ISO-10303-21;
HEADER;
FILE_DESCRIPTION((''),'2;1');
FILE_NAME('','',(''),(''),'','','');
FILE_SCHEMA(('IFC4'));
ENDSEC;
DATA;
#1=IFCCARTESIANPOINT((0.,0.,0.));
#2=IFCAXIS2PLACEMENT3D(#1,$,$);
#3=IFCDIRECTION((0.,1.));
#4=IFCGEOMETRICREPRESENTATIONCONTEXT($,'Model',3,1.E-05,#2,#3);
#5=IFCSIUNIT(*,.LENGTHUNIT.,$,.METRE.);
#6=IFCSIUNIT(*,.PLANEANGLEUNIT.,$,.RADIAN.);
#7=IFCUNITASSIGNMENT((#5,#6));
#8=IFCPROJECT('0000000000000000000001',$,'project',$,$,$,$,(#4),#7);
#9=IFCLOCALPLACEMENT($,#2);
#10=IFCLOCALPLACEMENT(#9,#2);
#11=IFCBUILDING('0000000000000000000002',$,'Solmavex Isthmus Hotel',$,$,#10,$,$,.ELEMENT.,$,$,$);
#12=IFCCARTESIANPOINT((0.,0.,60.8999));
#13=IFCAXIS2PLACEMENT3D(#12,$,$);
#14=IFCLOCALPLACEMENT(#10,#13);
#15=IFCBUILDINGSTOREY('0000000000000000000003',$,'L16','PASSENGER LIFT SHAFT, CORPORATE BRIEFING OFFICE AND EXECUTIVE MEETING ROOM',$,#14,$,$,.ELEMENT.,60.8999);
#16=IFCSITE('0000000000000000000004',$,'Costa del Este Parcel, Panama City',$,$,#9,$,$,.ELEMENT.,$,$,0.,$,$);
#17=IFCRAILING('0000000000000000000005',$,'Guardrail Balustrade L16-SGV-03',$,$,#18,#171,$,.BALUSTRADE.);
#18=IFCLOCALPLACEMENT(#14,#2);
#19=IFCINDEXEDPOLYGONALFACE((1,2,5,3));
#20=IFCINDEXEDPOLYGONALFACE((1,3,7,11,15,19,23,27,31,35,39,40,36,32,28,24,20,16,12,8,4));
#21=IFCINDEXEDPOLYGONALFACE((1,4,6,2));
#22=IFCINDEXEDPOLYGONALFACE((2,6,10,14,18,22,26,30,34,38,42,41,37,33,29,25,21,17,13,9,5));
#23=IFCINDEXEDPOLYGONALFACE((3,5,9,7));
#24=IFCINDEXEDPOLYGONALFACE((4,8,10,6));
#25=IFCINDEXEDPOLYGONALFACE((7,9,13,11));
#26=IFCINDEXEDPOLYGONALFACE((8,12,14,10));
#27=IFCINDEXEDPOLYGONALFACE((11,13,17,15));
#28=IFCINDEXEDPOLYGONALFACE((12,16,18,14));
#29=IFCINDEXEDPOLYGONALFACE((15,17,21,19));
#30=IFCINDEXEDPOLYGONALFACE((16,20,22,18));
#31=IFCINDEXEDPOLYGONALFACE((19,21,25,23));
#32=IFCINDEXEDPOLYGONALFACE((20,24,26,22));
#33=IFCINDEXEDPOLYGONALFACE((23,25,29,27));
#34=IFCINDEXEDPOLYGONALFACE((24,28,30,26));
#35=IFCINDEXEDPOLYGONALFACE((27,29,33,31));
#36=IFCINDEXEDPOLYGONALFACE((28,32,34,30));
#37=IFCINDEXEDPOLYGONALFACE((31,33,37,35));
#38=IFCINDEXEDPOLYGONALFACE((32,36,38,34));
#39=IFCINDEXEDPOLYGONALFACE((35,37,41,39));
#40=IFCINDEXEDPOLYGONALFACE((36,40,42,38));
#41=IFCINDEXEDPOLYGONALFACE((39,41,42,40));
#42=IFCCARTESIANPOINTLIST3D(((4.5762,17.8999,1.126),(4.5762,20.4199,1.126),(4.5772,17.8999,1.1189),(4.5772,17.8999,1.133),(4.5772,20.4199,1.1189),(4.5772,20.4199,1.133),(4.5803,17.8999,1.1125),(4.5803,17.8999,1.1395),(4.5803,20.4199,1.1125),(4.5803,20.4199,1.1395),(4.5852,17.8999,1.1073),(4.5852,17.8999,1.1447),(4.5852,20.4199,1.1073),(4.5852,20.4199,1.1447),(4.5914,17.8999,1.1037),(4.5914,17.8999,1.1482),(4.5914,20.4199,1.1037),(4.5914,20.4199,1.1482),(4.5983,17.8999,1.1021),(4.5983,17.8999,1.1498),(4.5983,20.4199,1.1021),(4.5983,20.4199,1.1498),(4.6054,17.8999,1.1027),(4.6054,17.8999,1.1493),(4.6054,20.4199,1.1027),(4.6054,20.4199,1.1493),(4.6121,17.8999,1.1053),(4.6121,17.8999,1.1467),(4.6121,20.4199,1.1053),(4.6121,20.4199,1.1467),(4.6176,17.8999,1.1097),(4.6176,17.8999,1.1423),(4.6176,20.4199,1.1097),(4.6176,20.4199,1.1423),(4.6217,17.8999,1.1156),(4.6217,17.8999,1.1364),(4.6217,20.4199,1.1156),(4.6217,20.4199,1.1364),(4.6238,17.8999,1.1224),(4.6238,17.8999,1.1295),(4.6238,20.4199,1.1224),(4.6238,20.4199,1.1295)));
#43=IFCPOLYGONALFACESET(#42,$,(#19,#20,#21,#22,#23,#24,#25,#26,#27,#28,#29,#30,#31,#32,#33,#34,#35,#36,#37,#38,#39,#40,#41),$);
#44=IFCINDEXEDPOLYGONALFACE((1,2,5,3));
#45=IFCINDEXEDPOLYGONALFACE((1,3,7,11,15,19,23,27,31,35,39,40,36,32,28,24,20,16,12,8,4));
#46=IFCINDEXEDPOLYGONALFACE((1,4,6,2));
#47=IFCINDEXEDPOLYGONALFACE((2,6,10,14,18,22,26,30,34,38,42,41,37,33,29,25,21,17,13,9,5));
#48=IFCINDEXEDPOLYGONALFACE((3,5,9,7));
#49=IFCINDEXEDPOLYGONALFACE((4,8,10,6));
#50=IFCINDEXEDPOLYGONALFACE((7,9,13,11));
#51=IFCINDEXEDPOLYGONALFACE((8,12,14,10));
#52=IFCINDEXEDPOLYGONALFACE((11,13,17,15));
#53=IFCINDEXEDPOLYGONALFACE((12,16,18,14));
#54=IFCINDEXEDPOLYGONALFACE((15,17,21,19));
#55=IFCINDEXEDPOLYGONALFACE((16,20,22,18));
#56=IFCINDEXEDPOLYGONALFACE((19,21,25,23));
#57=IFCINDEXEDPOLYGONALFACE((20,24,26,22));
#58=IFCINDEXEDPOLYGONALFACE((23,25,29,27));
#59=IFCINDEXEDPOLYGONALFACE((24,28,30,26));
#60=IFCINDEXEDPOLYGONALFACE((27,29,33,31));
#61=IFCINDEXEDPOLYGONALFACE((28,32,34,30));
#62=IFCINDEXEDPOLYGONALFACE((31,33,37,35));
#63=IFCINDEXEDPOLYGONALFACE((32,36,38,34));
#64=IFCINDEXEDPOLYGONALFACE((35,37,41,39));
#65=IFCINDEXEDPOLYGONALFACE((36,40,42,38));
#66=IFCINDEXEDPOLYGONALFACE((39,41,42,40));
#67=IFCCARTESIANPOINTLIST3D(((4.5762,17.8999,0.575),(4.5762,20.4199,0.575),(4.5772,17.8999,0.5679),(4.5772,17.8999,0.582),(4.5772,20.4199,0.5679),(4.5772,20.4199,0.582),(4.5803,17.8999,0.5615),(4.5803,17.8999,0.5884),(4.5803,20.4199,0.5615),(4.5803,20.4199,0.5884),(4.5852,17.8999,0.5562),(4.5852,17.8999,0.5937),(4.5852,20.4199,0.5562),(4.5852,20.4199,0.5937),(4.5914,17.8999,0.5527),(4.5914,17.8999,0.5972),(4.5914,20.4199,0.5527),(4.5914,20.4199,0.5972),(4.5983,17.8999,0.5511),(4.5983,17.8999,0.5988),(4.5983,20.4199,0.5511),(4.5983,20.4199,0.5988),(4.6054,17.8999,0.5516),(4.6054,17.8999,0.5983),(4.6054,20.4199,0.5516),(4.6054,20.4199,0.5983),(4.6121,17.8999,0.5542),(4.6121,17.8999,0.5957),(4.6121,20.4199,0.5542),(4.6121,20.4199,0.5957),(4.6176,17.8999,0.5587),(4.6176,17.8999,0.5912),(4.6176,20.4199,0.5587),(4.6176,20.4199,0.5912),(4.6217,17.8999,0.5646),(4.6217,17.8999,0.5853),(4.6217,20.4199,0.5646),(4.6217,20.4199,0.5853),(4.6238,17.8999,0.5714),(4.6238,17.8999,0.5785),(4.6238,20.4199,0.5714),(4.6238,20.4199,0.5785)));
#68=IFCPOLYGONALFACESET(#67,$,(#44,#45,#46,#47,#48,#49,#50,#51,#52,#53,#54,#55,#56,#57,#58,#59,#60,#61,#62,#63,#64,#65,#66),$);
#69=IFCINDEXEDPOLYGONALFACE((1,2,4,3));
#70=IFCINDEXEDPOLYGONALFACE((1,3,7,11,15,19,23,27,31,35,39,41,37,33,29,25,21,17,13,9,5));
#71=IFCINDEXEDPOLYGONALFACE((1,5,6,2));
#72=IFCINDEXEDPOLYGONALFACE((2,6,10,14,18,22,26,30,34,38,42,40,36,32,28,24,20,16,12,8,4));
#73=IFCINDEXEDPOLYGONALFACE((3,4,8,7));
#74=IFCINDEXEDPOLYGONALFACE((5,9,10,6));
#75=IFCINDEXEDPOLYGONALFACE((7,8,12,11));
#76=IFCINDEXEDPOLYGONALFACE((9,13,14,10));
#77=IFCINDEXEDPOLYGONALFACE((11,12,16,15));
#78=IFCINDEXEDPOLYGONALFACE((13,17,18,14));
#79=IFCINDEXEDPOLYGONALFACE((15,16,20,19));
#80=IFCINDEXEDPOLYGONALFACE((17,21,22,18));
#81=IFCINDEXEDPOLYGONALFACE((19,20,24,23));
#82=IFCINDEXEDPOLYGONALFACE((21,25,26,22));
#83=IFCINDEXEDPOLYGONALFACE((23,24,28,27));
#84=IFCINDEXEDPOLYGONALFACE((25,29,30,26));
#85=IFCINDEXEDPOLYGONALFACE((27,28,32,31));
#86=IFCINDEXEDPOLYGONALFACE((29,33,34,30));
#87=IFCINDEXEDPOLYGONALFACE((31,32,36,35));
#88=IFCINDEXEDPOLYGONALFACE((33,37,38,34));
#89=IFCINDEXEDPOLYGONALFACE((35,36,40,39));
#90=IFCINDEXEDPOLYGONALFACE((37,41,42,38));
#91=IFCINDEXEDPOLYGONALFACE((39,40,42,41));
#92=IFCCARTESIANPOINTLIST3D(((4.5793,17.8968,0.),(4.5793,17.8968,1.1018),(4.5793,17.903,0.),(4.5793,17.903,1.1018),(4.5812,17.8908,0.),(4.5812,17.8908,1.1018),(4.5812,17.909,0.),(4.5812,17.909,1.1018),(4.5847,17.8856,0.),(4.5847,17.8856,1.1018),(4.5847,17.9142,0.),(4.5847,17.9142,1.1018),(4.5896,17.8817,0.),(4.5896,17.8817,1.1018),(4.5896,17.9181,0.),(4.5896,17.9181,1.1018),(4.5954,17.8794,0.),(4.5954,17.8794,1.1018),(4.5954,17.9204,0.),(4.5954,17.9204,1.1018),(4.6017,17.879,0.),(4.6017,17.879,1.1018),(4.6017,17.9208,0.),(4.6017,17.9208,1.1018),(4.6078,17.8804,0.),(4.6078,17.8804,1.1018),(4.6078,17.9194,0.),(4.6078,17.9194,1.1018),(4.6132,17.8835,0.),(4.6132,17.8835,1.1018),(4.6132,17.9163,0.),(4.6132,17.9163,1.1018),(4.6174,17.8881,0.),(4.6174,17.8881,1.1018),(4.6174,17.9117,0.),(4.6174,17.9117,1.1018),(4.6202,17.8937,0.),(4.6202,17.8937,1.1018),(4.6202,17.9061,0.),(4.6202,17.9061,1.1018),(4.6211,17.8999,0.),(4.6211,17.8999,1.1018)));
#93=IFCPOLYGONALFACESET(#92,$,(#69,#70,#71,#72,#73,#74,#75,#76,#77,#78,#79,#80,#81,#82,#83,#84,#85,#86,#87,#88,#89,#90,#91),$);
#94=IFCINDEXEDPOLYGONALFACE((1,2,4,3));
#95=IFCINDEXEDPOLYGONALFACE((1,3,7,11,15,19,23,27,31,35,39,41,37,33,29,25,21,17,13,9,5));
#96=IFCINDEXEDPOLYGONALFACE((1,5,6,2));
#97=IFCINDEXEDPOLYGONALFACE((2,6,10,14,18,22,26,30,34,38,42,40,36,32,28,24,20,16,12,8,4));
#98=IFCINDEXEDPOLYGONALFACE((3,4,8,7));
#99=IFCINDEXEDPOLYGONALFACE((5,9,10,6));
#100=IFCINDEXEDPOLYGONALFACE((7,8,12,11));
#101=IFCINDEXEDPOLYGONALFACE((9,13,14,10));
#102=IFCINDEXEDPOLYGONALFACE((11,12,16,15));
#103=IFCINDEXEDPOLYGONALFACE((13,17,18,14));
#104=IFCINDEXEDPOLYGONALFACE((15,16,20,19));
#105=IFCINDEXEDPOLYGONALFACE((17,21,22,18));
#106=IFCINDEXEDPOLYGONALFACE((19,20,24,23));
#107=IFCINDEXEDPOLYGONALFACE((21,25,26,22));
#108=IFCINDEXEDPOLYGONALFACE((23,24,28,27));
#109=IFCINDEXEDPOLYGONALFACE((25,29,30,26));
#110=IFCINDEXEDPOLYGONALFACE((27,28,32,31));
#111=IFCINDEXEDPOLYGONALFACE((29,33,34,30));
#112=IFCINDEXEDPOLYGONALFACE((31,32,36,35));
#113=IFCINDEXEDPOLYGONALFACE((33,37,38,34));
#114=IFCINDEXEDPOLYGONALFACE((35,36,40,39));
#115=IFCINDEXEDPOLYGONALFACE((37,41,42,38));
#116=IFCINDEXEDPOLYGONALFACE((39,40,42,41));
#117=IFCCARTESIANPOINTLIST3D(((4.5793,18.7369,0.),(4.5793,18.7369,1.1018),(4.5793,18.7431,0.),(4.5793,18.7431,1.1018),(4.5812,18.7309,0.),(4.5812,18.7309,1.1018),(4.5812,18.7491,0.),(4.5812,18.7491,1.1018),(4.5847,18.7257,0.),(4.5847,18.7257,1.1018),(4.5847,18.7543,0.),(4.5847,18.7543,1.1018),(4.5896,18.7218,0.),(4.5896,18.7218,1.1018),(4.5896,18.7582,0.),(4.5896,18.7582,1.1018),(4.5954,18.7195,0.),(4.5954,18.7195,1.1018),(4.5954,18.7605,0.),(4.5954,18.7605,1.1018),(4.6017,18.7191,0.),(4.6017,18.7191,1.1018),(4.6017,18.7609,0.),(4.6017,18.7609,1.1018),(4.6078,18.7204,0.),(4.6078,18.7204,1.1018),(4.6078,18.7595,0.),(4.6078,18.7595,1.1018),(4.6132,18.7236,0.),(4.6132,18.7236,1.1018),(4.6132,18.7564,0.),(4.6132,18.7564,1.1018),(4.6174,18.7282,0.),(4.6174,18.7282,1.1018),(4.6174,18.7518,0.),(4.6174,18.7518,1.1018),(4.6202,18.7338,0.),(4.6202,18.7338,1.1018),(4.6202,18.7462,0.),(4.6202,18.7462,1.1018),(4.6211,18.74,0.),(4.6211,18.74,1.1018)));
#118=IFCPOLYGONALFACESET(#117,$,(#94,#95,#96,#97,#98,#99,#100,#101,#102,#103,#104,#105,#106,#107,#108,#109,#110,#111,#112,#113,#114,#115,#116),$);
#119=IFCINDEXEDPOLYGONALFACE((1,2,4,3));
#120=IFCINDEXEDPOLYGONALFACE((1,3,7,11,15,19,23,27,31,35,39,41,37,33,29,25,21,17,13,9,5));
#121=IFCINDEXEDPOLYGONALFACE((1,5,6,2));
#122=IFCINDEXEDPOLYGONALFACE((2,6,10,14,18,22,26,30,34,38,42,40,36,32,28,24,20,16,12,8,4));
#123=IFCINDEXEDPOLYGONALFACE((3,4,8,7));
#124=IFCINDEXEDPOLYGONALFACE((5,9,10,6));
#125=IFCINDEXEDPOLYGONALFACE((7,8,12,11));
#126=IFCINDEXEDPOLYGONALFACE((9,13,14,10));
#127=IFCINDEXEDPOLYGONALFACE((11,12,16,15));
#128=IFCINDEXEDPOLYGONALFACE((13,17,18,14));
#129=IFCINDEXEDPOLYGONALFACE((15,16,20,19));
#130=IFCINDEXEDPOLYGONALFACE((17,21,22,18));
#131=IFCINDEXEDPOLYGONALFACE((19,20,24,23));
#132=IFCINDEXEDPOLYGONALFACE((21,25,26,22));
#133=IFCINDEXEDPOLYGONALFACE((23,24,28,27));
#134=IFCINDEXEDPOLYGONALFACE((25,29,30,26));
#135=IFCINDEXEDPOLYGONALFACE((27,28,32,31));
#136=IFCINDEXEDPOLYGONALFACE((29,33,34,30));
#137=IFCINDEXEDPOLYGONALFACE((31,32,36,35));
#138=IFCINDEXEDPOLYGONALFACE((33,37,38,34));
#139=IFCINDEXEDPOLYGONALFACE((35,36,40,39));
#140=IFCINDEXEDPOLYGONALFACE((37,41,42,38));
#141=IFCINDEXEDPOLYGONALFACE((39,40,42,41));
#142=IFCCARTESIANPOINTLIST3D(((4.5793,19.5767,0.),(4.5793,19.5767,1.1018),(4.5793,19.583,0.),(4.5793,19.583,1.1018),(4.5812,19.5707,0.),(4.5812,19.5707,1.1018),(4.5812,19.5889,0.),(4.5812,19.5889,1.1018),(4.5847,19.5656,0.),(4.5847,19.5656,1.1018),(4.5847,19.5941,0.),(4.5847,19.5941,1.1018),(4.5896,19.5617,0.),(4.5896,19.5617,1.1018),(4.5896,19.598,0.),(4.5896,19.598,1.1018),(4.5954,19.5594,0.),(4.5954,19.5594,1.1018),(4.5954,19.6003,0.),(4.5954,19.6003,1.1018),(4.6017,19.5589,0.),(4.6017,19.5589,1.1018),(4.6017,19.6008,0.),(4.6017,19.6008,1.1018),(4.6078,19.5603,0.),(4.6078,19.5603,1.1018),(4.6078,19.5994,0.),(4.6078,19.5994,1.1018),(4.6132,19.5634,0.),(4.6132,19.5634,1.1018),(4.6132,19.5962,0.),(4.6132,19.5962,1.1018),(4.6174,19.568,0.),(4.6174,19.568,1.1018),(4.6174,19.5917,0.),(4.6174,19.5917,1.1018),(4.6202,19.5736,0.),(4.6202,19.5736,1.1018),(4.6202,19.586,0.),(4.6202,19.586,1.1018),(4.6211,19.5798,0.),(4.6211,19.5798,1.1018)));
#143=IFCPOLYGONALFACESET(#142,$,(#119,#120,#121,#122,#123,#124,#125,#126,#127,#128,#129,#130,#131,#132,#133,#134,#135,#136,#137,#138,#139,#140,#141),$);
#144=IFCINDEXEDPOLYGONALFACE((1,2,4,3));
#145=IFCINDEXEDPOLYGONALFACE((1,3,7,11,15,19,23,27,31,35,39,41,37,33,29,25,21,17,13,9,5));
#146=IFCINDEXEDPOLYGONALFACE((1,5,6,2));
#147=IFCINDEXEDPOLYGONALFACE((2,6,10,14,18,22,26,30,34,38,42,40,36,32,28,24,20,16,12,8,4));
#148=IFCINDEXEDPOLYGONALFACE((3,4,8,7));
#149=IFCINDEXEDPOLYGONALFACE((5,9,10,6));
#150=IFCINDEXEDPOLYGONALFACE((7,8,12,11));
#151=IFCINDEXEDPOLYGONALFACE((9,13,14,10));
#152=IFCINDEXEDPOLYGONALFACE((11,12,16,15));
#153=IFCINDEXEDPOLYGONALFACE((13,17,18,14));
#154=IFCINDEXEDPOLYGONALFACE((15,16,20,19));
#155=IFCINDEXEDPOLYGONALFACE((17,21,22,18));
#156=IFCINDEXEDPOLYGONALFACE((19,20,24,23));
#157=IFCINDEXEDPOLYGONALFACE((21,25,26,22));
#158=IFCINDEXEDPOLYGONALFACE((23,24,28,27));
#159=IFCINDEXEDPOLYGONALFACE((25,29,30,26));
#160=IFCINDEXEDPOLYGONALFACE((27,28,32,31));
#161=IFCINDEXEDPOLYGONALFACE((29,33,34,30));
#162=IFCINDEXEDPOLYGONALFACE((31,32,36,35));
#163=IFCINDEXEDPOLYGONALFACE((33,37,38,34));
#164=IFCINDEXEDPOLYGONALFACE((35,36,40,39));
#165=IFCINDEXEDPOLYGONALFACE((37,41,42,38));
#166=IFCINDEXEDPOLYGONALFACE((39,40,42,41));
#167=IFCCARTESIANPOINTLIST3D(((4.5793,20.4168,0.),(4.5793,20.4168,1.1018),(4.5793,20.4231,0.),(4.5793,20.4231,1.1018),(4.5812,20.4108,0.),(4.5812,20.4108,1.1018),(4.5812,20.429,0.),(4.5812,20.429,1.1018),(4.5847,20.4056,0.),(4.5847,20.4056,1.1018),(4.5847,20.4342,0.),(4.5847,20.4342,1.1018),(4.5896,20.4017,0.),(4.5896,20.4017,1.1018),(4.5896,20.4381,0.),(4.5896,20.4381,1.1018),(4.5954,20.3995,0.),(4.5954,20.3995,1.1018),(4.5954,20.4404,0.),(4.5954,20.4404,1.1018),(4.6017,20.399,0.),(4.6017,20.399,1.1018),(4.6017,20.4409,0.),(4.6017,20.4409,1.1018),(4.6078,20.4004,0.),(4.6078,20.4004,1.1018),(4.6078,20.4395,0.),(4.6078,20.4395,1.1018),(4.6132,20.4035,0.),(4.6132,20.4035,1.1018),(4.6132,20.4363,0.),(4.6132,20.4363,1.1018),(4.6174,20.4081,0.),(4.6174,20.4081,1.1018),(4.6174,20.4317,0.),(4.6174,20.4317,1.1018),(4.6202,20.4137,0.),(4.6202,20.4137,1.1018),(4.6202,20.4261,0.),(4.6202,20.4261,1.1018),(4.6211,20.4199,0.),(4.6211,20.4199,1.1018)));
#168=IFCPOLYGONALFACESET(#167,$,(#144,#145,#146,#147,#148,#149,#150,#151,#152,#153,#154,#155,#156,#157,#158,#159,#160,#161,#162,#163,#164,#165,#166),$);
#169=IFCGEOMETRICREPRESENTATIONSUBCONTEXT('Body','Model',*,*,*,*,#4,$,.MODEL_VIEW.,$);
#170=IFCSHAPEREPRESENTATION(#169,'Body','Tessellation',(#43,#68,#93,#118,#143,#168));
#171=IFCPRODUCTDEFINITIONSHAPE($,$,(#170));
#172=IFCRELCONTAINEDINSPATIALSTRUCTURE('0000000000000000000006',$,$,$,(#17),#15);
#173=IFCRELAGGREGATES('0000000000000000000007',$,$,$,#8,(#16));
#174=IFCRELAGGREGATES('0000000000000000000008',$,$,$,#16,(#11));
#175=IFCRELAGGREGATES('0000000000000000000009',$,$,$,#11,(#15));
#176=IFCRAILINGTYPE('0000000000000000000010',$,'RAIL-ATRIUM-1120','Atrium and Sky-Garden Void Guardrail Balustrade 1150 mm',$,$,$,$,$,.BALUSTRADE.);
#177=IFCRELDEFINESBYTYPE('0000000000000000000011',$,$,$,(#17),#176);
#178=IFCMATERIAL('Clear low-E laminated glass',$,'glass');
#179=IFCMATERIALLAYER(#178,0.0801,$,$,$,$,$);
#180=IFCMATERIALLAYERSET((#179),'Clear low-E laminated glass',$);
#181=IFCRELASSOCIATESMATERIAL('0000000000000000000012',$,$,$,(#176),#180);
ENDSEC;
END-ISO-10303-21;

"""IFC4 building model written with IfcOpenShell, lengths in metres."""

from ifc_helpers import new_model, si_unit, direction, frame, origin, origin_2d, place, context, subcontext, project, spatial, circle, extrude, material, layer, layer_set, type_object, element, save


model = new_model("IFC4")

# Units and contexts
model_context = context("Model", 3, precision=1e-05, world=origin(), true_north=direction((0.0, 1.0)))
body_context = subcontext(model_context, "Body", "Model", "MODEL_VIEW")
ifc_project = project(units=[si_unit("LENGTHUNIT", "METRE"), si_unit("PLANEANGLEUNIT", "RADIAN")], contexts=[model_context])

# Site, building, storey
site_placement = place(None, origin())
site = spatial("IfcSite", under=ifc_project, at=site_placement, Name="Costa del Este Parcel, Panama City", CompositionType="ELEMENT", RefElevation=0.0)
building_placement = place(site_placement, origin())
building = spatial("IfcBuilding", under=site, at=building_placement, Name="Solmavex Isthmus Hotel", CompositionType="ELEMENT")
storey_placement = place(building_placement, frame((0.0, 0.0, 60.8999)))
storey = spatial("IfcBuildingStorey", under=building, at=storey_placement, Name="L16", Description="PASSENGER LIFT SHAFT, CORPORATE BRIEFING OFFICE AND EXECUTIVE MEETING ROOM", CompositionType="ELEMENT", Elevation=60.8999)

# Shared definitions
ifc_material_1 = material(Name="Clear low-E laminated glass", Category="glass")

# Railing
ifc_layer_1 = layer(ifc_material_1, 0.0801)
ifc_layer_set_1 = layer_set([ifc_layer_1], Name="Clear low-E laminated glass")
railing_type_1 = type_object("IfcRailingType", Name="RAIL-ATRIUM-1120", Description="Atrium and Sky-Garden Void Guardrail Balustrade 1150 mm", PredefinedType="BALUSTRADE", material=ifc_layer_set_1)
railing_1_placement = place(storey_placement, frame((4.6001, 17.8999, 0.0)))
element("IfcRailing", 1, at=railing_1_placement, inside=storey, type_object=railing_type_1, Name="Guardrail Balustrade L16-SGV-03", PredefinedType="BALUSTRADE", context=body_context, shape_type="SweptSolid", body=[
    extrude(circle(Radius=0.0239, at=origin_2d()), frame((0.0, 0.0, 1.126), z_axis=(0.0, 1.0, 0.0), x_axis=(-1.0, 0.0, 0.0)), (0.0, 0.0, 1.0), 2.52),
    extrude(circle(Radius=0.0239, at=origin_2d()), frame((0.0, 0.0, 0.575), z_axis=(0.0, 1.0, 0.0), x_axis=(-1.0, 0.0, 0.0)), (0.0, 0.0, 1.0), 2.52),
    extrude(circle(Radius=0.021, at=origin_2d()), origin(), (0.0, 0.0, 1.0), 1.1018),
    extrude(circle(Radius=0.021, at=origin_2d()), frame((0.0, 0.8401, 0.0)), (0.0, 0.0, 1.0), 1.1018),
    extrude(circle(Radius=0.021, at=origin_2d()), frame((0.0, 1.6799, 0.0)), (0.0, 0.0, 1.0), 1.1018),
    extrude(circle(Radius=0.021, at=origin_2d()), frame((0.0, 2.52, 0.0)), (0.0, 0.0, 1.0), 1.1018),
])

save(model, "model.ifc")
